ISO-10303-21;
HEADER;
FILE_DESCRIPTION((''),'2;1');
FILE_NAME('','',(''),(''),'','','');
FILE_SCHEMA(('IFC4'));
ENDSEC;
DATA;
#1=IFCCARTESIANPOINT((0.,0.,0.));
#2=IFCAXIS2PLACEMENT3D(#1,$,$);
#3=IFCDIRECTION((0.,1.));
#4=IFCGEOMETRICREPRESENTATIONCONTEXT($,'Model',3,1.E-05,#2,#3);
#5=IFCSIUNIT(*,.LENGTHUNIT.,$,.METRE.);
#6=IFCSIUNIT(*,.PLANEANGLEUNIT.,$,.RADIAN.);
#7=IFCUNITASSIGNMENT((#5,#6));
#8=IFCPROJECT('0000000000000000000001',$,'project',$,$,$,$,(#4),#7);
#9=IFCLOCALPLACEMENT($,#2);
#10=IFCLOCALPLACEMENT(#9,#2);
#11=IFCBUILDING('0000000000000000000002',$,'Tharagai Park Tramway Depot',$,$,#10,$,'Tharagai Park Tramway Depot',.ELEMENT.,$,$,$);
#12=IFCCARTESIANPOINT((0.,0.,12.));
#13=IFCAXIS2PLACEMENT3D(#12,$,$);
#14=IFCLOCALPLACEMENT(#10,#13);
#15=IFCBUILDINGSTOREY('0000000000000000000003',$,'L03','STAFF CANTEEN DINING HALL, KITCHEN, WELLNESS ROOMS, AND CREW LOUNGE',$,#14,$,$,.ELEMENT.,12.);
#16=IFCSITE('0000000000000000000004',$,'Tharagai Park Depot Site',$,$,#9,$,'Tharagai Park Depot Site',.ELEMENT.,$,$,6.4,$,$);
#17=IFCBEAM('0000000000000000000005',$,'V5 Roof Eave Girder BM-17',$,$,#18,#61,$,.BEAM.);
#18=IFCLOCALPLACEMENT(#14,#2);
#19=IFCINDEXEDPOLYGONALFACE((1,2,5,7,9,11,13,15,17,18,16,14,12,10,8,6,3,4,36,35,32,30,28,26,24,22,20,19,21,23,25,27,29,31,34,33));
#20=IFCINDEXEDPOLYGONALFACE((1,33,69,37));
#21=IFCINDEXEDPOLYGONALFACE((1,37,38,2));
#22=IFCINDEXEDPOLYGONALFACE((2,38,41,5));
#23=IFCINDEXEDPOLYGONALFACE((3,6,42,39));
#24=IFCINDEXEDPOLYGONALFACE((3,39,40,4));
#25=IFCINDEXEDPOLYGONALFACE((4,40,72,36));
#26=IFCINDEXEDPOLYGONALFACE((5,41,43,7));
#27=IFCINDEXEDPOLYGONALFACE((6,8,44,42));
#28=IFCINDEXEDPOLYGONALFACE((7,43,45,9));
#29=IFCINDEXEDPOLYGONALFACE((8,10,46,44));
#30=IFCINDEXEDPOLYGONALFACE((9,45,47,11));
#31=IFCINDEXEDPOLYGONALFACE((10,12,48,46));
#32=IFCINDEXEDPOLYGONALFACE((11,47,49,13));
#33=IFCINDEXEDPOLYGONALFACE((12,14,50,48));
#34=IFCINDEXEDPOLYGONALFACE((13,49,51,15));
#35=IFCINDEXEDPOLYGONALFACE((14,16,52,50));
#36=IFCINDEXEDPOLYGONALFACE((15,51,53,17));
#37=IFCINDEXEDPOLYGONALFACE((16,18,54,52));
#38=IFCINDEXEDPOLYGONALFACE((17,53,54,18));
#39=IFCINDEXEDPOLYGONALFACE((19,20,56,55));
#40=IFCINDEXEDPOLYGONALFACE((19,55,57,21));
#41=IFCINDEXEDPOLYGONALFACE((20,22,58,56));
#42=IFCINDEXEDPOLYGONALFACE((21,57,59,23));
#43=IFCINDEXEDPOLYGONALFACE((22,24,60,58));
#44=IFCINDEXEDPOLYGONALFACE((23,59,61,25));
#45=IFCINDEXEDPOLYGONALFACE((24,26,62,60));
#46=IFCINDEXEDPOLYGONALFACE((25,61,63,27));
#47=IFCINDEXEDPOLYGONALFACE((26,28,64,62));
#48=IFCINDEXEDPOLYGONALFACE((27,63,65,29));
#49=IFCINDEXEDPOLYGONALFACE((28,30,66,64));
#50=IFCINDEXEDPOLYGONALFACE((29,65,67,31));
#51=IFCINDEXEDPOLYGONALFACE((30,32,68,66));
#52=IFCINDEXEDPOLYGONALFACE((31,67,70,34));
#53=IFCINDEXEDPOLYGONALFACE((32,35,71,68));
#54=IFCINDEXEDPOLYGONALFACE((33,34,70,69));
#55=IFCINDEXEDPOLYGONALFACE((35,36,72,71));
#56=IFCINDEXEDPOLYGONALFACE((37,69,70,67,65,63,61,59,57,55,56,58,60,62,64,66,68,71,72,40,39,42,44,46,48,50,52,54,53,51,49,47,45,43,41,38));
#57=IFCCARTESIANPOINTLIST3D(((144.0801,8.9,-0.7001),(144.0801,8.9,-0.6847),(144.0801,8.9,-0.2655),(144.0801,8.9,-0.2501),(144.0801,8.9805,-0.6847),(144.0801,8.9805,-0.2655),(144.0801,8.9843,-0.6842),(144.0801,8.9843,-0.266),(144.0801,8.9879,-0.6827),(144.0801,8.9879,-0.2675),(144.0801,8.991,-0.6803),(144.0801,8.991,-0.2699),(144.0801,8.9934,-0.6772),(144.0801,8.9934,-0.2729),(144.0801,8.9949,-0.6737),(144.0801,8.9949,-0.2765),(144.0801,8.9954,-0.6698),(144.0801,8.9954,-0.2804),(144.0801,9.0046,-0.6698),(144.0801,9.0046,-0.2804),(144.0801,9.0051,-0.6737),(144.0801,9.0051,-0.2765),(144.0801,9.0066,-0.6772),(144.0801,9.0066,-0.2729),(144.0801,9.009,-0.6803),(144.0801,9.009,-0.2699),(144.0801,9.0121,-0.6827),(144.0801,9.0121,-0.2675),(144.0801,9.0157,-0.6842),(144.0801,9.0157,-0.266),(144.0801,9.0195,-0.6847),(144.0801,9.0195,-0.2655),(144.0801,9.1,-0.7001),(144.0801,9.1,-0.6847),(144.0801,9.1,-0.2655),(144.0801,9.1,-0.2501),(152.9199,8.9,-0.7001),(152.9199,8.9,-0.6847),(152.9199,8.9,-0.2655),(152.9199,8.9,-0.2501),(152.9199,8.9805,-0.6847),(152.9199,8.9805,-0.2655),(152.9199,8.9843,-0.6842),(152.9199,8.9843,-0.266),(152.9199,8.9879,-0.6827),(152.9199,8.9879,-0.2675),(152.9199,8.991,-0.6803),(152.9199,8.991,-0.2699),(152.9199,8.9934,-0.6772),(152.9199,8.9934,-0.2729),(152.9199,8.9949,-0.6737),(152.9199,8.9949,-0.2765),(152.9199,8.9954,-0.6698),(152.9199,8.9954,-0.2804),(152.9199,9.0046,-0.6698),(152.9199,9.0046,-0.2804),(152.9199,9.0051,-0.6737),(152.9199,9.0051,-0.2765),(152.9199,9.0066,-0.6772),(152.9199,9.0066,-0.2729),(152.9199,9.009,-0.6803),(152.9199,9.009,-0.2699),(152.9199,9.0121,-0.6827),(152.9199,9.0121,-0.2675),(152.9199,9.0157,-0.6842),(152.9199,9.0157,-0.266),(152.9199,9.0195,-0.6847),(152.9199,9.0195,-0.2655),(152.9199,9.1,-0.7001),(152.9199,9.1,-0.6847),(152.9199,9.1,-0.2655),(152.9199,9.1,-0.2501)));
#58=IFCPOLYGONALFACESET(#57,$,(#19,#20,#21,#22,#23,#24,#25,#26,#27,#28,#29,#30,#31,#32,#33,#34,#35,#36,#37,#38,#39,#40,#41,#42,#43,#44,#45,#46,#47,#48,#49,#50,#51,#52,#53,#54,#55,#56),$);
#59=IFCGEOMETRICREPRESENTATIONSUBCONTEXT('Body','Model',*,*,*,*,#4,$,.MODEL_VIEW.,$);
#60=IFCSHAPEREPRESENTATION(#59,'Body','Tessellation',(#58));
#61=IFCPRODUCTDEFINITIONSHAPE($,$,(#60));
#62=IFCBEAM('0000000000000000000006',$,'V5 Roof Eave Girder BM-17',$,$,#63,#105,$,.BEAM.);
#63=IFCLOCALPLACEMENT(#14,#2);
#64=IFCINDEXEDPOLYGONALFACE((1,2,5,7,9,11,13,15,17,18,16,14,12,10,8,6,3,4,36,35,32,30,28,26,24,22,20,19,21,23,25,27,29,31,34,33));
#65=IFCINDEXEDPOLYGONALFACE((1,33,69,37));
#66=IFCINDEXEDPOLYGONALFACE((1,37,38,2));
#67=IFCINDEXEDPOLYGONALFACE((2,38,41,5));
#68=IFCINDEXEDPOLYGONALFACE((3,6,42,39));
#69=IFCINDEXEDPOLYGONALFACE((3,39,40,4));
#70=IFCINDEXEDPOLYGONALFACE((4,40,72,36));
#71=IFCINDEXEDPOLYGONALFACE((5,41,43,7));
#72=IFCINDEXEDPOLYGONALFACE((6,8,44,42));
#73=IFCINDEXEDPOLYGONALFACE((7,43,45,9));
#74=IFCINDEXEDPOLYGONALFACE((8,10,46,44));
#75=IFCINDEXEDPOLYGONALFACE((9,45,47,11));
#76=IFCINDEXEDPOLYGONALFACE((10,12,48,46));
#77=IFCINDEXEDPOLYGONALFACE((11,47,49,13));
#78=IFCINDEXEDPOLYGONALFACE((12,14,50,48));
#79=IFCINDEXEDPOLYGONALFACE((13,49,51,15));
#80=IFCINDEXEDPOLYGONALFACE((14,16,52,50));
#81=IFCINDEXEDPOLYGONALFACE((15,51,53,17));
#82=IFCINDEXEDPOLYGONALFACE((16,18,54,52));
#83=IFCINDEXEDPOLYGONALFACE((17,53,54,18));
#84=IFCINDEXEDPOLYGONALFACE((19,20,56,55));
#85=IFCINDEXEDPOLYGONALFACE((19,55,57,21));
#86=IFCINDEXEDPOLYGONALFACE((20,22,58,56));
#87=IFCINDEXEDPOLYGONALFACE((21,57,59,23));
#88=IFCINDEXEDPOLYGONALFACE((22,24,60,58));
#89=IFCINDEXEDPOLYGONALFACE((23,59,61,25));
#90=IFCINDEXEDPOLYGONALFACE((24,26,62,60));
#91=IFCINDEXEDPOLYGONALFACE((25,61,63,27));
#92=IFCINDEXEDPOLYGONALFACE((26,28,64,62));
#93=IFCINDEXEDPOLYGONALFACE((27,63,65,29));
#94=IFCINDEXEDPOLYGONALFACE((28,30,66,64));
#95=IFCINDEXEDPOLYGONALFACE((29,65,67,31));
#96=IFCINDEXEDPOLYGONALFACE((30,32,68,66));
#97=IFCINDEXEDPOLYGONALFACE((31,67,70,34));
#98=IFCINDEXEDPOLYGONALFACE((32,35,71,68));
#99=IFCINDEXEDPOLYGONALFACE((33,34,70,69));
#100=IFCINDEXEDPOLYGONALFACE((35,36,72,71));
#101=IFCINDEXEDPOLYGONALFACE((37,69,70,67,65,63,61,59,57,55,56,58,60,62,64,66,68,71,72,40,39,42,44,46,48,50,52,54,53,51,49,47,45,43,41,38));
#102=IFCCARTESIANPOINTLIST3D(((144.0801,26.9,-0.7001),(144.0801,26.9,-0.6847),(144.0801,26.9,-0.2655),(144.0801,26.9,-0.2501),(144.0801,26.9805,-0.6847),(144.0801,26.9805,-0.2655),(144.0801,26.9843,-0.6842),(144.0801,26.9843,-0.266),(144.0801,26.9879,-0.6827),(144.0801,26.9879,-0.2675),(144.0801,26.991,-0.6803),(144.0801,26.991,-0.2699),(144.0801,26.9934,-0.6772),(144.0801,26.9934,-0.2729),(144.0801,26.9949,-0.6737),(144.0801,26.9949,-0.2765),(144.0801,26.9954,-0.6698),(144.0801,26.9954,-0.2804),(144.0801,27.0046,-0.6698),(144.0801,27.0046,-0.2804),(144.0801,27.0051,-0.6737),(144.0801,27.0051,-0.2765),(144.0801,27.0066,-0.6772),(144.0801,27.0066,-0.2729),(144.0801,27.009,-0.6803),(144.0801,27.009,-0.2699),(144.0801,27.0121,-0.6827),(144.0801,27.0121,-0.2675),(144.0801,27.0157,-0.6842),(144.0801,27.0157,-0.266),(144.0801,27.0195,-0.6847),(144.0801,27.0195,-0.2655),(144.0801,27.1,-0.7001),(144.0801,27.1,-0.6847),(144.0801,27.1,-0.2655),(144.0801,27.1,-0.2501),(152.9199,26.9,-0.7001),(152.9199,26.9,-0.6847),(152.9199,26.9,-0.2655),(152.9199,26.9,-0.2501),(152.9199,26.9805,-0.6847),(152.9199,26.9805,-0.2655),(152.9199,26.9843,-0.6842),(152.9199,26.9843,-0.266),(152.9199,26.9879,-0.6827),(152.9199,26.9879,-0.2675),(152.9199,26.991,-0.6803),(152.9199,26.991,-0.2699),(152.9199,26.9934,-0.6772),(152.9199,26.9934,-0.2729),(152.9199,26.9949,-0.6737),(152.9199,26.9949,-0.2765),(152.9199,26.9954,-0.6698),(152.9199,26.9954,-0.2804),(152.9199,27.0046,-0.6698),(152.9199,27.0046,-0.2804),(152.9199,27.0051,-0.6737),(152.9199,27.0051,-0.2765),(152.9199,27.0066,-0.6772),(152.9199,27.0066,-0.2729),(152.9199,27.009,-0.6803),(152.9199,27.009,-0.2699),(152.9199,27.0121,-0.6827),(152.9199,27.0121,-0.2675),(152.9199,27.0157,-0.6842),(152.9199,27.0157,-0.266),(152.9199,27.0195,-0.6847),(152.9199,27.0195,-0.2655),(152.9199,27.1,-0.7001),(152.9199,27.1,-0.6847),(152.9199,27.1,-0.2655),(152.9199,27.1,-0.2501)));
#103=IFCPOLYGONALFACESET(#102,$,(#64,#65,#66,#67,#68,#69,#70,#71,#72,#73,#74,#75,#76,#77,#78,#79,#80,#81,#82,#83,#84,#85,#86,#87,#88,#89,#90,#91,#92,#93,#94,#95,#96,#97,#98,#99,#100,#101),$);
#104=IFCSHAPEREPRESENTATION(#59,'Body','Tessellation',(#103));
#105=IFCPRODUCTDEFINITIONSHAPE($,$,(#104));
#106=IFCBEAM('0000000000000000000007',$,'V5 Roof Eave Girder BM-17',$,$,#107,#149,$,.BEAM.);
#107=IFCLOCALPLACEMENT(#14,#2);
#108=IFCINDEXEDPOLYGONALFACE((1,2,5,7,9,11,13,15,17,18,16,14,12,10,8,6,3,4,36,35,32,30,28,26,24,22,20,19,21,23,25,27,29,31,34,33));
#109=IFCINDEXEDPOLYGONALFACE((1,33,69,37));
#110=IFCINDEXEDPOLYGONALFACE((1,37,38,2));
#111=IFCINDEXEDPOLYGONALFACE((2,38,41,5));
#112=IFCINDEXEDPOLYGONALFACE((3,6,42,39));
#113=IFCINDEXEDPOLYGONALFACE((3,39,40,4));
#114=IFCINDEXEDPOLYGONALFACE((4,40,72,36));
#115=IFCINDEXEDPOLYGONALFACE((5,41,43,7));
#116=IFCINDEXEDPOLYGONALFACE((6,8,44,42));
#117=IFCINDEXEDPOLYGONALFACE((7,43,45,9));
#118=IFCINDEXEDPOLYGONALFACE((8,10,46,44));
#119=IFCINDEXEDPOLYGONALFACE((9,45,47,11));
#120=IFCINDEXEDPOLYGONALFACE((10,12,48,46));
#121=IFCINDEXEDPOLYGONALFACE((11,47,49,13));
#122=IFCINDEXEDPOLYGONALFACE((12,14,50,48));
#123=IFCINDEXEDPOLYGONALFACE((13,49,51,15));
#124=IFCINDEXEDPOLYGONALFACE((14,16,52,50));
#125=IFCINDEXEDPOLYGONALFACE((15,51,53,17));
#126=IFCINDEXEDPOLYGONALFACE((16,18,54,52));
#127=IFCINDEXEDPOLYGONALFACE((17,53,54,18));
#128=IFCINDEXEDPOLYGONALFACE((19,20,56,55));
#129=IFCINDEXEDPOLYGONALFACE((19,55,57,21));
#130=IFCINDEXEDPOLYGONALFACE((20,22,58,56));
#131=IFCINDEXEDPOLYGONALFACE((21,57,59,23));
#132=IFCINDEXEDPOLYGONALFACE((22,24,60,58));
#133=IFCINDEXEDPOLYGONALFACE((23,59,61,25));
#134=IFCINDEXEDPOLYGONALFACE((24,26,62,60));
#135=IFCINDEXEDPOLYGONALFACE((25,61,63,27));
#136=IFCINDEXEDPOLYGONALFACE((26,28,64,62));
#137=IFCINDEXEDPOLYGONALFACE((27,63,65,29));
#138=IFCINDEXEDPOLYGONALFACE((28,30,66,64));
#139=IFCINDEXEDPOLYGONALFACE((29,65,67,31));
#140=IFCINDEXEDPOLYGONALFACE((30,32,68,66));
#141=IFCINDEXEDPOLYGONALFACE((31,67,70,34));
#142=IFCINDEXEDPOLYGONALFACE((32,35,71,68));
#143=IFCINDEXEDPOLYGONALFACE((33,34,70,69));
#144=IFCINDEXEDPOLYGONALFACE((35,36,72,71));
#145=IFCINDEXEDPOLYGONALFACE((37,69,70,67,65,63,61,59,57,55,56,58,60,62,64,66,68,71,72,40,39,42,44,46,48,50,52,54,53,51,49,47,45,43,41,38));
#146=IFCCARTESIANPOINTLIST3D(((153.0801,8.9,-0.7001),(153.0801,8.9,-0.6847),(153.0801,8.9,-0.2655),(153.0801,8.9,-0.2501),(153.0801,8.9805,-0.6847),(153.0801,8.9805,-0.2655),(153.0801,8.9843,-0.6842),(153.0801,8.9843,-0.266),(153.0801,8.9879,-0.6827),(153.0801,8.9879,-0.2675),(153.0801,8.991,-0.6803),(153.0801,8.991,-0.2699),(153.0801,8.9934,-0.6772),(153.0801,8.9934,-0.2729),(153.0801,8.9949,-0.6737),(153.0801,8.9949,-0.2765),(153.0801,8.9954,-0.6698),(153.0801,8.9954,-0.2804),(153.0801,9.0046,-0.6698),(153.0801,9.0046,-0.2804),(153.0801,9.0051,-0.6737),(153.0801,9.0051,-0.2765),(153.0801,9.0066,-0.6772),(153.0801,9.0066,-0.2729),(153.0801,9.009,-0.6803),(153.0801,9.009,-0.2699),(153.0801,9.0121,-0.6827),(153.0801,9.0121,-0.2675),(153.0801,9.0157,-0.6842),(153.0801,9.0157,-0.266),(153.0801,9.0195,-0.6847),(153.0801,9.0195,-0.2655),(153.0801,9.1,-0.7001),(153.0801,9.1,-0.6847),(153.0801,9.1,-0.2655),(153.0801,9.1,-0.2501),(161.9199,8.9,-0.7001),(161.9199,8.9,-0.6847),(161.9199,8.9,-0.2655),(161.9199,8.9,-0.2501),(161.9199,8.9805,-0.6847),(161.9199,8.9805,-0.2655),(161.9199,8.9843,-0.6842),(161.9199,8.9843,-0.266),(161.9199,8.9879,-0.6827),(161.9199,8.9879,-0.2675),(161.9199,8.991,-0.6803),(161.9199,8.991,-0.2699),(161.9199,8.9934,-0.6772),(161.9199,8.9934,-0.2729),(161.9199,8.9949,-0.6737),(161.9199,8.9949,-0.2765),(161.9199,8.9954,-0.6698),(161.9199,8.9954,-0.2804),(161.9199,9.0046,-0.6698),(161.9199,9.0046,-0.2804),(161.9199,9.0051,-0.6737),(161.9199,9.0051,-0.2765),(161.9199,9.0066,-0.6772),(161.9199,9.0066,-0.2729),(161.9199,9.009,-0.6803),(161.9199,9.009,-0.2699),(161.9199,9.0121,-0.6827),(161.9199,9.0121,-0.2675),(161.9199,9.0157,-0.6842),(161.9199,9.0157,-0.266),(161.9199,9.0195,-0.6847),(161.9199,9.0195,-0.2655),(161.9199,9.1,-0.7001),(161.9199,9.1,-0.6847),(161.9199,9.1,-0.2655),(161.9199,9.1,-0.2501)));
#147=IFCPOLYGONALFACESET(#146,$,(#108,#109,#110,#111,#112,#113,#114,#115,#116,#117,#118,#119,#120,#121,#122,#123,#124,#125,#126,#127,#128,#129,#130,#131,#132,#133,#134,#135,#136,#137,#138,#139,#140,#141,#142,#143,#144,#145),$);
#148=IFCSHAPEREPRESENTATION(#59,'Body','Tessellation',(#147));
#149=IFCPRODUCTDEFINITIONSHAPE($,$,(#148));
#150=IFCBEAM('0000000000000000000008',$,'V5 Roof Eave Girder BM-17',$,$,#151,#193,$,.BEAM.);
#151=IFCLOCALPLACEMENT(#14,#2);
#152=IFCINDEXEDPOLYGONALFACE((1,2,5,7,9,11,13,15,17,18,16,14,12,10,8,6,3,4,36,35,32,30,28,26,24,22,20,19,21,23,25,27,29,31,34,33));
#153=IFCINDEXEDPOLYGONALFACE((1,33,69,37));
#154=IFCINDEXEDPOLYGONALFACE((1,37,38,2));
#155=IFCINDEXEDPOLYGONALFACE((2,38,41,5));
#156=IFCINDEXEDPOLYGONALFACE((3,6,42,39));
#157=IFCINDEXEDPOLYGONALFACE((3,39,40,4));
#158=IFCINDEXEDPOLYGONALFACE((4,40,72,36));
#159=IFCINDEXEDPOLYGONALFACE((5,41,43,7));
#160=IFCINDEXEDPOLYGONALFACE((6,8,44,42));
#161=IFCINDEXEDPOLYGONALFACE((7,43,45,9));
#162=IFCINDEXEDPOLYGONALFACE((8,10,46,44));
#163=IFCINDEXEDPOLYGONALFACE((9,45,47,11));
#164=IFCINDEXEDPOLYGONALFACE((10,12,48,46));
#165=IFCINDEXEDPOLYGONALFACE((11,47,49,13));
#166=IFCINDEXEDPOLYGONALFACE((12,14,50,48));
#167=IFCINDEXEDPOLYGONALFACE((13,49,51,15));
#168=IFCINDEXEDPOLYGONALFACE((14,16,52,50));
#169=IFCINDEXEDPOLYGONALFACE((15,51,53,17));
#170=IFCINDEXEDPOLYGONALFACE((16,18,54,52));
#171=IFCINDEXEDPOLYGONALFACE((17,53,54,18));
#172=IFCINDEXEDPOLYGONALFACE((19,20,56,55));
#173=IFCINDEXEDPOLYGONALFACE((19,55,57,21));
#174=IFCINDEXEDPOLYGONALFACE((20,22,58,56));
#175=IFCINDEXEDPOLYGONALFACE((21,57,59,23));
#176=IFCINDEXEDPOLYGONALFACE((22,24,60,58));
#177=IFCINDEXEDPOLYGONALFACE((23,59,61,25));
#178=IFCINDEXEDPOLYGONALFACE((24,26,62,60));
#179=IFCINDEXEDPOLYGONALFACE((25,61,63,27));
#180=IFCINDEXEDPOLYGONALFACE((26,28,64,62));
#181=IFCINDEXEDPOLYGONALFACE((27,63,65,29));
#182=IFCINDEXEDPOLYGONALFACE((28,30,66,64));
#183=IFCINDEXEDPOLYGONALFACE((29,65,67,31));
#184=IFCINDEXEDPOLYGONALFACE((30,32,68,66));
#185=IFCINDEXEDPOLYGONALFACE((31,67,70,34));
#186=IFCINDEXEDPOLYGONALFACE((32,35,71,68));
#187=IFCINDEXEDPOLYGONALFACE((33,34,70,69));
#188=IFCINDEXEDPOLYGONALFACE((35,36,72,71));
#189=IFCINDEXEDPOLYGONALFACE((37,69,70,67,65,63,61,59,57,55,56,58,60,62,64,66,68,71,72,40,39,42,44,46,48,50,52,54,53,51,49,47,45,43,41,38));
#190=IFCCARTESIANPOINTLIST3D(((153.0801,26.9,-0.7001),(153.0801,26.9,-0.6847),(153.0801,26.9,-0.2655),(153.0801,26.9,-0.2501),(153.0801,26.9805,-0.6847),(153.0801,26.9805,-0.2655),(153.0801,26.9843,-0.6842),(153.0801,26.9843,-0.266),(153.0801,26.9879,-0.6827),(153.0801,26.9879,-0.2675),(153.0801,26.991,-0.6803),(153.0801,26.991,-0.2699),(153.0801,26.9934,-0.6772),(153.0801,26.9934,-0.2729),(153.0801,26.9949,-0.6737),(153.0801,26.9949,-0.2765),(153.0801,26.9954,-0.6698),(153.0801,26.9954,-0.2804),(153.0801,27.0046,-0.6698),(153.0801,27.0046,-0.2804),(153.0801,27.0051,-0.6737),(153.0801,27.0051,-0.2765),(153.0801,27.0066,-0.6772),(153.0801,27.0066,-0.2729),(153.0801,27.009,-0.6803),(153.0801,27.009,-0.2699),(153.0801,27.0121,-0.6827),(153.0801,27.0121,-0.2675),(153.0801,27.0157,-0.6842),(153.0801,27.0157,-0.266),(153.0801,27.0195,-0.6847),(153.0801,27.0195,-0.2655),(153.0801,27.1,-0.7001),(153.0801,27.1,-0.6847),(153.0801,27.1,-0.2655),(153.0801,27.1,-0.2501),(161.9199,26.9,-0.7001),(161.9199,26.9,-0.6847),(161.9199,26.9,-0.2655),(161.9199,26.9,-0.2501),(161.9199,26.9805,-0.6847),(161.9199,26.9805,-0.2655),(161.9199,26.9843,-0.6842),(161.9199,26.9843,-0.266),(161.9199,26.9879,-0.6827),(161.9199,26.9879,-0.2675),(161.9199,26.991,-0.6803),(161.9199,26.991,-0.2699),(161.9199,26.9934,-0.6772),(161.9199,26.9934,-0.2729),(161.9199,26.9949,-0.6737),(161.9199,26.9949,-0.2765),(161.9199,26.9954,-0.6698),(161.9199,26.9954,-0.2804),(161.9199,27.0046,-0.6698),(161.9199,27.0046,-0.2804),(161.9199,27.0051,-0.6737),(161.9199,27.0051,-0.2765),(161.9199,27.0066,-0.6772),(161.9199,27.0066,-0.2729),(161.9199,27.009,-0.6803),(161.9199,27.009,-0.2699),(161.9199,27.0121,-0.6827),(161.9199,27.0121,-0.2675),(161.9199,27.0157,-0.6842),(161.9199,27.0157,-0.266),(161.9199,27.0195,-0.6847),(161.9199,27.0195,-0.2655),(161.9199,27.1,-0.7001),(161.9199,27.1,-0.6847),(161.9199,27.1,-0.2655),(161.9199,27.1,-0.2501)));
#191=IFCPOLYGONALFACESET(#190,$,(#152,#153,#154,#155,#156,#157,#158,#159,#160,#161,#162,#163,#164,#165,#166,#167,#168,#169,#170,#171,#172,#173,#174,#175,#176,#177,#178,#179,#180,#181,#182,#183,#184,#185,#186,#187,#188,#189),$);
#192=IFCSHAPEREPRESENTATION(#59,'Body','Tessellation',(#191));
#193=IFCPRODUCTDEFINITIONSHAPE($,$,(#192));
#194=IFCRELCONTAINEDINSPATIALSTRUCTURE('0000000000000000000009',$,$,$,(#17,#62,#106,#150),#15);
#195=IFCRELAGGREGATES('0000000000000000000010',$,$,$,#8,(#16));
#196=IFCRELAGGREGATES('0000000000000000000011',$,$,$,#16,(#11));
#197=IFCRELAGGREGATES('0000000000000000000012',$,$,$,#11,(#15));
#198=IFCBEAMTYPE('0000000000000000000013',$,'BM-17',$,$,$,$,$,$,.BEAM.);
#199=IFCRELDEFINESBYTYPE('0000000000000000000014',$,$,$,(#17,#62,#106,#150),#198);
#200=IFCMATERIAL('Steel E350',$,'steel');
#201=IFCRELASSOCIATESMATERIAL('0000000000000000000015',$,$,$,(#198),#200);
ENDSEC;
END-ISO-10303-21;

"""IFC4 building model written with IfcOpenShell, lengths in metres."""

from ifc_helpers import new_model, si_unit, direction, frame, origin, origin_2d, place, context, subcontext, project, spatial, i_section, extrude, material, material_profile, profile_set, type_object, element, save


model = new_model("IFC4")

# Units and contexts
model_context = context("Model", 3, precision=1e-05, world=origin(), true_north=direction((0.0, 1.0)))
body_context = subcontext(model_context, "Body", "Model", "MODEL_VIEW")
ifc_project = project(units=[si_unit("LENGTHUNIT", "METRE"), si_unit("PLANEANGLEUNIT", "RADIAN")], contexts=[model_context])

# Site, building, storey
site_placement = place(None, origin())
site = spatial("IfcSite", under=ifc_project, at=site_placement, Name="Tharagai Park Depot Site", LongName="Tharagai Park Depot Site", CompositionType="ELEMENT", RefElevation=6.4)
building_placement = place(site_placement, origin())
building = spatial("IfcBuilding", under=site, at=building_placement, Name="Tharagai Park Tramway Depot", LongName="Tharagai Park Tramway Depot", CompositionType="ELEMENT")
storey_placement = place(building_placement, frame((0.0, 0.0, 12.0)))
storey = spatial("IfcBuildingStorey", under=building, at=storey_placement, Name="L03", Description="STAFF CANTEEN DINING HALL, KITCHEN, WELLNESS ROOMS, AND CREW LOUNGE", CompositionType="ELEMENT", Elevation=12.0)

# Beams
ifc_material_1 = material(Name="Steel E350", Category="steel")
ifc_material_profile_1 = material_profile(ifc_material_1, i_section(OverallWidth=0.2, OverallDepth=0.45, WebThickness=0.0093, FlangeThickness=0.0154, FilletRadius=0.0149, at=origin_2d()), Name="ISWB 450")
ifc_profile_set_1 = profile_set([ifc_material_profile_1], Name="Steel E350")
beam_type = type_object("IfcBeamType", Name="BM-17", PredefinedType="BEAM", material=ifc_profile_set_1)
for number, where, z_axis, x_axis, name in (
    (1, (144.0801, 9.0, -0.4751), (1.0, 0.0, 0.0), (0.0, 1.0, 0.0), "V5 Roof Eave Girder BM-17"),
    (2, (144.0801, 27.0, -0.4751), (1.0, 0.0, 0.0), (0.0, 1.0, 0.0), "V5 Roof Eave Girder BM-17"),
    (3, (153.0801, 9.0, -0.4751), (1.0, 0.0, 0.0), (0.0, 1.0, 0.0), "V5 Roof Eave Girder BM-17"),
    (4, (153.0801, 27.0, -0.4751), (1.0, 0.0, 0.0), (0.0, 1.0, 0.0), "V5 Roof Eave Girder BM-17"),
):
    element("IfcBeam", number, at=place(storey_placement, frame(where, z_axis=z_axis, x_axis=x_axis)), inside=storey, type_object=beam_type, Name=name, PredefinedType="BEAM", context=body_context, shape_type="SweptSolid", body=[
        extrude(i_section(OverallWidth=0.2, OverallDepth=0.45, WebThickness=0.0093, FlangeThickness=0.0154, FilletRadius=0.0149, at=origin_2d()), origin(), (0.0, 0.0, 1.0), 8.8398),
    ])

save(model, "model.ifc")
